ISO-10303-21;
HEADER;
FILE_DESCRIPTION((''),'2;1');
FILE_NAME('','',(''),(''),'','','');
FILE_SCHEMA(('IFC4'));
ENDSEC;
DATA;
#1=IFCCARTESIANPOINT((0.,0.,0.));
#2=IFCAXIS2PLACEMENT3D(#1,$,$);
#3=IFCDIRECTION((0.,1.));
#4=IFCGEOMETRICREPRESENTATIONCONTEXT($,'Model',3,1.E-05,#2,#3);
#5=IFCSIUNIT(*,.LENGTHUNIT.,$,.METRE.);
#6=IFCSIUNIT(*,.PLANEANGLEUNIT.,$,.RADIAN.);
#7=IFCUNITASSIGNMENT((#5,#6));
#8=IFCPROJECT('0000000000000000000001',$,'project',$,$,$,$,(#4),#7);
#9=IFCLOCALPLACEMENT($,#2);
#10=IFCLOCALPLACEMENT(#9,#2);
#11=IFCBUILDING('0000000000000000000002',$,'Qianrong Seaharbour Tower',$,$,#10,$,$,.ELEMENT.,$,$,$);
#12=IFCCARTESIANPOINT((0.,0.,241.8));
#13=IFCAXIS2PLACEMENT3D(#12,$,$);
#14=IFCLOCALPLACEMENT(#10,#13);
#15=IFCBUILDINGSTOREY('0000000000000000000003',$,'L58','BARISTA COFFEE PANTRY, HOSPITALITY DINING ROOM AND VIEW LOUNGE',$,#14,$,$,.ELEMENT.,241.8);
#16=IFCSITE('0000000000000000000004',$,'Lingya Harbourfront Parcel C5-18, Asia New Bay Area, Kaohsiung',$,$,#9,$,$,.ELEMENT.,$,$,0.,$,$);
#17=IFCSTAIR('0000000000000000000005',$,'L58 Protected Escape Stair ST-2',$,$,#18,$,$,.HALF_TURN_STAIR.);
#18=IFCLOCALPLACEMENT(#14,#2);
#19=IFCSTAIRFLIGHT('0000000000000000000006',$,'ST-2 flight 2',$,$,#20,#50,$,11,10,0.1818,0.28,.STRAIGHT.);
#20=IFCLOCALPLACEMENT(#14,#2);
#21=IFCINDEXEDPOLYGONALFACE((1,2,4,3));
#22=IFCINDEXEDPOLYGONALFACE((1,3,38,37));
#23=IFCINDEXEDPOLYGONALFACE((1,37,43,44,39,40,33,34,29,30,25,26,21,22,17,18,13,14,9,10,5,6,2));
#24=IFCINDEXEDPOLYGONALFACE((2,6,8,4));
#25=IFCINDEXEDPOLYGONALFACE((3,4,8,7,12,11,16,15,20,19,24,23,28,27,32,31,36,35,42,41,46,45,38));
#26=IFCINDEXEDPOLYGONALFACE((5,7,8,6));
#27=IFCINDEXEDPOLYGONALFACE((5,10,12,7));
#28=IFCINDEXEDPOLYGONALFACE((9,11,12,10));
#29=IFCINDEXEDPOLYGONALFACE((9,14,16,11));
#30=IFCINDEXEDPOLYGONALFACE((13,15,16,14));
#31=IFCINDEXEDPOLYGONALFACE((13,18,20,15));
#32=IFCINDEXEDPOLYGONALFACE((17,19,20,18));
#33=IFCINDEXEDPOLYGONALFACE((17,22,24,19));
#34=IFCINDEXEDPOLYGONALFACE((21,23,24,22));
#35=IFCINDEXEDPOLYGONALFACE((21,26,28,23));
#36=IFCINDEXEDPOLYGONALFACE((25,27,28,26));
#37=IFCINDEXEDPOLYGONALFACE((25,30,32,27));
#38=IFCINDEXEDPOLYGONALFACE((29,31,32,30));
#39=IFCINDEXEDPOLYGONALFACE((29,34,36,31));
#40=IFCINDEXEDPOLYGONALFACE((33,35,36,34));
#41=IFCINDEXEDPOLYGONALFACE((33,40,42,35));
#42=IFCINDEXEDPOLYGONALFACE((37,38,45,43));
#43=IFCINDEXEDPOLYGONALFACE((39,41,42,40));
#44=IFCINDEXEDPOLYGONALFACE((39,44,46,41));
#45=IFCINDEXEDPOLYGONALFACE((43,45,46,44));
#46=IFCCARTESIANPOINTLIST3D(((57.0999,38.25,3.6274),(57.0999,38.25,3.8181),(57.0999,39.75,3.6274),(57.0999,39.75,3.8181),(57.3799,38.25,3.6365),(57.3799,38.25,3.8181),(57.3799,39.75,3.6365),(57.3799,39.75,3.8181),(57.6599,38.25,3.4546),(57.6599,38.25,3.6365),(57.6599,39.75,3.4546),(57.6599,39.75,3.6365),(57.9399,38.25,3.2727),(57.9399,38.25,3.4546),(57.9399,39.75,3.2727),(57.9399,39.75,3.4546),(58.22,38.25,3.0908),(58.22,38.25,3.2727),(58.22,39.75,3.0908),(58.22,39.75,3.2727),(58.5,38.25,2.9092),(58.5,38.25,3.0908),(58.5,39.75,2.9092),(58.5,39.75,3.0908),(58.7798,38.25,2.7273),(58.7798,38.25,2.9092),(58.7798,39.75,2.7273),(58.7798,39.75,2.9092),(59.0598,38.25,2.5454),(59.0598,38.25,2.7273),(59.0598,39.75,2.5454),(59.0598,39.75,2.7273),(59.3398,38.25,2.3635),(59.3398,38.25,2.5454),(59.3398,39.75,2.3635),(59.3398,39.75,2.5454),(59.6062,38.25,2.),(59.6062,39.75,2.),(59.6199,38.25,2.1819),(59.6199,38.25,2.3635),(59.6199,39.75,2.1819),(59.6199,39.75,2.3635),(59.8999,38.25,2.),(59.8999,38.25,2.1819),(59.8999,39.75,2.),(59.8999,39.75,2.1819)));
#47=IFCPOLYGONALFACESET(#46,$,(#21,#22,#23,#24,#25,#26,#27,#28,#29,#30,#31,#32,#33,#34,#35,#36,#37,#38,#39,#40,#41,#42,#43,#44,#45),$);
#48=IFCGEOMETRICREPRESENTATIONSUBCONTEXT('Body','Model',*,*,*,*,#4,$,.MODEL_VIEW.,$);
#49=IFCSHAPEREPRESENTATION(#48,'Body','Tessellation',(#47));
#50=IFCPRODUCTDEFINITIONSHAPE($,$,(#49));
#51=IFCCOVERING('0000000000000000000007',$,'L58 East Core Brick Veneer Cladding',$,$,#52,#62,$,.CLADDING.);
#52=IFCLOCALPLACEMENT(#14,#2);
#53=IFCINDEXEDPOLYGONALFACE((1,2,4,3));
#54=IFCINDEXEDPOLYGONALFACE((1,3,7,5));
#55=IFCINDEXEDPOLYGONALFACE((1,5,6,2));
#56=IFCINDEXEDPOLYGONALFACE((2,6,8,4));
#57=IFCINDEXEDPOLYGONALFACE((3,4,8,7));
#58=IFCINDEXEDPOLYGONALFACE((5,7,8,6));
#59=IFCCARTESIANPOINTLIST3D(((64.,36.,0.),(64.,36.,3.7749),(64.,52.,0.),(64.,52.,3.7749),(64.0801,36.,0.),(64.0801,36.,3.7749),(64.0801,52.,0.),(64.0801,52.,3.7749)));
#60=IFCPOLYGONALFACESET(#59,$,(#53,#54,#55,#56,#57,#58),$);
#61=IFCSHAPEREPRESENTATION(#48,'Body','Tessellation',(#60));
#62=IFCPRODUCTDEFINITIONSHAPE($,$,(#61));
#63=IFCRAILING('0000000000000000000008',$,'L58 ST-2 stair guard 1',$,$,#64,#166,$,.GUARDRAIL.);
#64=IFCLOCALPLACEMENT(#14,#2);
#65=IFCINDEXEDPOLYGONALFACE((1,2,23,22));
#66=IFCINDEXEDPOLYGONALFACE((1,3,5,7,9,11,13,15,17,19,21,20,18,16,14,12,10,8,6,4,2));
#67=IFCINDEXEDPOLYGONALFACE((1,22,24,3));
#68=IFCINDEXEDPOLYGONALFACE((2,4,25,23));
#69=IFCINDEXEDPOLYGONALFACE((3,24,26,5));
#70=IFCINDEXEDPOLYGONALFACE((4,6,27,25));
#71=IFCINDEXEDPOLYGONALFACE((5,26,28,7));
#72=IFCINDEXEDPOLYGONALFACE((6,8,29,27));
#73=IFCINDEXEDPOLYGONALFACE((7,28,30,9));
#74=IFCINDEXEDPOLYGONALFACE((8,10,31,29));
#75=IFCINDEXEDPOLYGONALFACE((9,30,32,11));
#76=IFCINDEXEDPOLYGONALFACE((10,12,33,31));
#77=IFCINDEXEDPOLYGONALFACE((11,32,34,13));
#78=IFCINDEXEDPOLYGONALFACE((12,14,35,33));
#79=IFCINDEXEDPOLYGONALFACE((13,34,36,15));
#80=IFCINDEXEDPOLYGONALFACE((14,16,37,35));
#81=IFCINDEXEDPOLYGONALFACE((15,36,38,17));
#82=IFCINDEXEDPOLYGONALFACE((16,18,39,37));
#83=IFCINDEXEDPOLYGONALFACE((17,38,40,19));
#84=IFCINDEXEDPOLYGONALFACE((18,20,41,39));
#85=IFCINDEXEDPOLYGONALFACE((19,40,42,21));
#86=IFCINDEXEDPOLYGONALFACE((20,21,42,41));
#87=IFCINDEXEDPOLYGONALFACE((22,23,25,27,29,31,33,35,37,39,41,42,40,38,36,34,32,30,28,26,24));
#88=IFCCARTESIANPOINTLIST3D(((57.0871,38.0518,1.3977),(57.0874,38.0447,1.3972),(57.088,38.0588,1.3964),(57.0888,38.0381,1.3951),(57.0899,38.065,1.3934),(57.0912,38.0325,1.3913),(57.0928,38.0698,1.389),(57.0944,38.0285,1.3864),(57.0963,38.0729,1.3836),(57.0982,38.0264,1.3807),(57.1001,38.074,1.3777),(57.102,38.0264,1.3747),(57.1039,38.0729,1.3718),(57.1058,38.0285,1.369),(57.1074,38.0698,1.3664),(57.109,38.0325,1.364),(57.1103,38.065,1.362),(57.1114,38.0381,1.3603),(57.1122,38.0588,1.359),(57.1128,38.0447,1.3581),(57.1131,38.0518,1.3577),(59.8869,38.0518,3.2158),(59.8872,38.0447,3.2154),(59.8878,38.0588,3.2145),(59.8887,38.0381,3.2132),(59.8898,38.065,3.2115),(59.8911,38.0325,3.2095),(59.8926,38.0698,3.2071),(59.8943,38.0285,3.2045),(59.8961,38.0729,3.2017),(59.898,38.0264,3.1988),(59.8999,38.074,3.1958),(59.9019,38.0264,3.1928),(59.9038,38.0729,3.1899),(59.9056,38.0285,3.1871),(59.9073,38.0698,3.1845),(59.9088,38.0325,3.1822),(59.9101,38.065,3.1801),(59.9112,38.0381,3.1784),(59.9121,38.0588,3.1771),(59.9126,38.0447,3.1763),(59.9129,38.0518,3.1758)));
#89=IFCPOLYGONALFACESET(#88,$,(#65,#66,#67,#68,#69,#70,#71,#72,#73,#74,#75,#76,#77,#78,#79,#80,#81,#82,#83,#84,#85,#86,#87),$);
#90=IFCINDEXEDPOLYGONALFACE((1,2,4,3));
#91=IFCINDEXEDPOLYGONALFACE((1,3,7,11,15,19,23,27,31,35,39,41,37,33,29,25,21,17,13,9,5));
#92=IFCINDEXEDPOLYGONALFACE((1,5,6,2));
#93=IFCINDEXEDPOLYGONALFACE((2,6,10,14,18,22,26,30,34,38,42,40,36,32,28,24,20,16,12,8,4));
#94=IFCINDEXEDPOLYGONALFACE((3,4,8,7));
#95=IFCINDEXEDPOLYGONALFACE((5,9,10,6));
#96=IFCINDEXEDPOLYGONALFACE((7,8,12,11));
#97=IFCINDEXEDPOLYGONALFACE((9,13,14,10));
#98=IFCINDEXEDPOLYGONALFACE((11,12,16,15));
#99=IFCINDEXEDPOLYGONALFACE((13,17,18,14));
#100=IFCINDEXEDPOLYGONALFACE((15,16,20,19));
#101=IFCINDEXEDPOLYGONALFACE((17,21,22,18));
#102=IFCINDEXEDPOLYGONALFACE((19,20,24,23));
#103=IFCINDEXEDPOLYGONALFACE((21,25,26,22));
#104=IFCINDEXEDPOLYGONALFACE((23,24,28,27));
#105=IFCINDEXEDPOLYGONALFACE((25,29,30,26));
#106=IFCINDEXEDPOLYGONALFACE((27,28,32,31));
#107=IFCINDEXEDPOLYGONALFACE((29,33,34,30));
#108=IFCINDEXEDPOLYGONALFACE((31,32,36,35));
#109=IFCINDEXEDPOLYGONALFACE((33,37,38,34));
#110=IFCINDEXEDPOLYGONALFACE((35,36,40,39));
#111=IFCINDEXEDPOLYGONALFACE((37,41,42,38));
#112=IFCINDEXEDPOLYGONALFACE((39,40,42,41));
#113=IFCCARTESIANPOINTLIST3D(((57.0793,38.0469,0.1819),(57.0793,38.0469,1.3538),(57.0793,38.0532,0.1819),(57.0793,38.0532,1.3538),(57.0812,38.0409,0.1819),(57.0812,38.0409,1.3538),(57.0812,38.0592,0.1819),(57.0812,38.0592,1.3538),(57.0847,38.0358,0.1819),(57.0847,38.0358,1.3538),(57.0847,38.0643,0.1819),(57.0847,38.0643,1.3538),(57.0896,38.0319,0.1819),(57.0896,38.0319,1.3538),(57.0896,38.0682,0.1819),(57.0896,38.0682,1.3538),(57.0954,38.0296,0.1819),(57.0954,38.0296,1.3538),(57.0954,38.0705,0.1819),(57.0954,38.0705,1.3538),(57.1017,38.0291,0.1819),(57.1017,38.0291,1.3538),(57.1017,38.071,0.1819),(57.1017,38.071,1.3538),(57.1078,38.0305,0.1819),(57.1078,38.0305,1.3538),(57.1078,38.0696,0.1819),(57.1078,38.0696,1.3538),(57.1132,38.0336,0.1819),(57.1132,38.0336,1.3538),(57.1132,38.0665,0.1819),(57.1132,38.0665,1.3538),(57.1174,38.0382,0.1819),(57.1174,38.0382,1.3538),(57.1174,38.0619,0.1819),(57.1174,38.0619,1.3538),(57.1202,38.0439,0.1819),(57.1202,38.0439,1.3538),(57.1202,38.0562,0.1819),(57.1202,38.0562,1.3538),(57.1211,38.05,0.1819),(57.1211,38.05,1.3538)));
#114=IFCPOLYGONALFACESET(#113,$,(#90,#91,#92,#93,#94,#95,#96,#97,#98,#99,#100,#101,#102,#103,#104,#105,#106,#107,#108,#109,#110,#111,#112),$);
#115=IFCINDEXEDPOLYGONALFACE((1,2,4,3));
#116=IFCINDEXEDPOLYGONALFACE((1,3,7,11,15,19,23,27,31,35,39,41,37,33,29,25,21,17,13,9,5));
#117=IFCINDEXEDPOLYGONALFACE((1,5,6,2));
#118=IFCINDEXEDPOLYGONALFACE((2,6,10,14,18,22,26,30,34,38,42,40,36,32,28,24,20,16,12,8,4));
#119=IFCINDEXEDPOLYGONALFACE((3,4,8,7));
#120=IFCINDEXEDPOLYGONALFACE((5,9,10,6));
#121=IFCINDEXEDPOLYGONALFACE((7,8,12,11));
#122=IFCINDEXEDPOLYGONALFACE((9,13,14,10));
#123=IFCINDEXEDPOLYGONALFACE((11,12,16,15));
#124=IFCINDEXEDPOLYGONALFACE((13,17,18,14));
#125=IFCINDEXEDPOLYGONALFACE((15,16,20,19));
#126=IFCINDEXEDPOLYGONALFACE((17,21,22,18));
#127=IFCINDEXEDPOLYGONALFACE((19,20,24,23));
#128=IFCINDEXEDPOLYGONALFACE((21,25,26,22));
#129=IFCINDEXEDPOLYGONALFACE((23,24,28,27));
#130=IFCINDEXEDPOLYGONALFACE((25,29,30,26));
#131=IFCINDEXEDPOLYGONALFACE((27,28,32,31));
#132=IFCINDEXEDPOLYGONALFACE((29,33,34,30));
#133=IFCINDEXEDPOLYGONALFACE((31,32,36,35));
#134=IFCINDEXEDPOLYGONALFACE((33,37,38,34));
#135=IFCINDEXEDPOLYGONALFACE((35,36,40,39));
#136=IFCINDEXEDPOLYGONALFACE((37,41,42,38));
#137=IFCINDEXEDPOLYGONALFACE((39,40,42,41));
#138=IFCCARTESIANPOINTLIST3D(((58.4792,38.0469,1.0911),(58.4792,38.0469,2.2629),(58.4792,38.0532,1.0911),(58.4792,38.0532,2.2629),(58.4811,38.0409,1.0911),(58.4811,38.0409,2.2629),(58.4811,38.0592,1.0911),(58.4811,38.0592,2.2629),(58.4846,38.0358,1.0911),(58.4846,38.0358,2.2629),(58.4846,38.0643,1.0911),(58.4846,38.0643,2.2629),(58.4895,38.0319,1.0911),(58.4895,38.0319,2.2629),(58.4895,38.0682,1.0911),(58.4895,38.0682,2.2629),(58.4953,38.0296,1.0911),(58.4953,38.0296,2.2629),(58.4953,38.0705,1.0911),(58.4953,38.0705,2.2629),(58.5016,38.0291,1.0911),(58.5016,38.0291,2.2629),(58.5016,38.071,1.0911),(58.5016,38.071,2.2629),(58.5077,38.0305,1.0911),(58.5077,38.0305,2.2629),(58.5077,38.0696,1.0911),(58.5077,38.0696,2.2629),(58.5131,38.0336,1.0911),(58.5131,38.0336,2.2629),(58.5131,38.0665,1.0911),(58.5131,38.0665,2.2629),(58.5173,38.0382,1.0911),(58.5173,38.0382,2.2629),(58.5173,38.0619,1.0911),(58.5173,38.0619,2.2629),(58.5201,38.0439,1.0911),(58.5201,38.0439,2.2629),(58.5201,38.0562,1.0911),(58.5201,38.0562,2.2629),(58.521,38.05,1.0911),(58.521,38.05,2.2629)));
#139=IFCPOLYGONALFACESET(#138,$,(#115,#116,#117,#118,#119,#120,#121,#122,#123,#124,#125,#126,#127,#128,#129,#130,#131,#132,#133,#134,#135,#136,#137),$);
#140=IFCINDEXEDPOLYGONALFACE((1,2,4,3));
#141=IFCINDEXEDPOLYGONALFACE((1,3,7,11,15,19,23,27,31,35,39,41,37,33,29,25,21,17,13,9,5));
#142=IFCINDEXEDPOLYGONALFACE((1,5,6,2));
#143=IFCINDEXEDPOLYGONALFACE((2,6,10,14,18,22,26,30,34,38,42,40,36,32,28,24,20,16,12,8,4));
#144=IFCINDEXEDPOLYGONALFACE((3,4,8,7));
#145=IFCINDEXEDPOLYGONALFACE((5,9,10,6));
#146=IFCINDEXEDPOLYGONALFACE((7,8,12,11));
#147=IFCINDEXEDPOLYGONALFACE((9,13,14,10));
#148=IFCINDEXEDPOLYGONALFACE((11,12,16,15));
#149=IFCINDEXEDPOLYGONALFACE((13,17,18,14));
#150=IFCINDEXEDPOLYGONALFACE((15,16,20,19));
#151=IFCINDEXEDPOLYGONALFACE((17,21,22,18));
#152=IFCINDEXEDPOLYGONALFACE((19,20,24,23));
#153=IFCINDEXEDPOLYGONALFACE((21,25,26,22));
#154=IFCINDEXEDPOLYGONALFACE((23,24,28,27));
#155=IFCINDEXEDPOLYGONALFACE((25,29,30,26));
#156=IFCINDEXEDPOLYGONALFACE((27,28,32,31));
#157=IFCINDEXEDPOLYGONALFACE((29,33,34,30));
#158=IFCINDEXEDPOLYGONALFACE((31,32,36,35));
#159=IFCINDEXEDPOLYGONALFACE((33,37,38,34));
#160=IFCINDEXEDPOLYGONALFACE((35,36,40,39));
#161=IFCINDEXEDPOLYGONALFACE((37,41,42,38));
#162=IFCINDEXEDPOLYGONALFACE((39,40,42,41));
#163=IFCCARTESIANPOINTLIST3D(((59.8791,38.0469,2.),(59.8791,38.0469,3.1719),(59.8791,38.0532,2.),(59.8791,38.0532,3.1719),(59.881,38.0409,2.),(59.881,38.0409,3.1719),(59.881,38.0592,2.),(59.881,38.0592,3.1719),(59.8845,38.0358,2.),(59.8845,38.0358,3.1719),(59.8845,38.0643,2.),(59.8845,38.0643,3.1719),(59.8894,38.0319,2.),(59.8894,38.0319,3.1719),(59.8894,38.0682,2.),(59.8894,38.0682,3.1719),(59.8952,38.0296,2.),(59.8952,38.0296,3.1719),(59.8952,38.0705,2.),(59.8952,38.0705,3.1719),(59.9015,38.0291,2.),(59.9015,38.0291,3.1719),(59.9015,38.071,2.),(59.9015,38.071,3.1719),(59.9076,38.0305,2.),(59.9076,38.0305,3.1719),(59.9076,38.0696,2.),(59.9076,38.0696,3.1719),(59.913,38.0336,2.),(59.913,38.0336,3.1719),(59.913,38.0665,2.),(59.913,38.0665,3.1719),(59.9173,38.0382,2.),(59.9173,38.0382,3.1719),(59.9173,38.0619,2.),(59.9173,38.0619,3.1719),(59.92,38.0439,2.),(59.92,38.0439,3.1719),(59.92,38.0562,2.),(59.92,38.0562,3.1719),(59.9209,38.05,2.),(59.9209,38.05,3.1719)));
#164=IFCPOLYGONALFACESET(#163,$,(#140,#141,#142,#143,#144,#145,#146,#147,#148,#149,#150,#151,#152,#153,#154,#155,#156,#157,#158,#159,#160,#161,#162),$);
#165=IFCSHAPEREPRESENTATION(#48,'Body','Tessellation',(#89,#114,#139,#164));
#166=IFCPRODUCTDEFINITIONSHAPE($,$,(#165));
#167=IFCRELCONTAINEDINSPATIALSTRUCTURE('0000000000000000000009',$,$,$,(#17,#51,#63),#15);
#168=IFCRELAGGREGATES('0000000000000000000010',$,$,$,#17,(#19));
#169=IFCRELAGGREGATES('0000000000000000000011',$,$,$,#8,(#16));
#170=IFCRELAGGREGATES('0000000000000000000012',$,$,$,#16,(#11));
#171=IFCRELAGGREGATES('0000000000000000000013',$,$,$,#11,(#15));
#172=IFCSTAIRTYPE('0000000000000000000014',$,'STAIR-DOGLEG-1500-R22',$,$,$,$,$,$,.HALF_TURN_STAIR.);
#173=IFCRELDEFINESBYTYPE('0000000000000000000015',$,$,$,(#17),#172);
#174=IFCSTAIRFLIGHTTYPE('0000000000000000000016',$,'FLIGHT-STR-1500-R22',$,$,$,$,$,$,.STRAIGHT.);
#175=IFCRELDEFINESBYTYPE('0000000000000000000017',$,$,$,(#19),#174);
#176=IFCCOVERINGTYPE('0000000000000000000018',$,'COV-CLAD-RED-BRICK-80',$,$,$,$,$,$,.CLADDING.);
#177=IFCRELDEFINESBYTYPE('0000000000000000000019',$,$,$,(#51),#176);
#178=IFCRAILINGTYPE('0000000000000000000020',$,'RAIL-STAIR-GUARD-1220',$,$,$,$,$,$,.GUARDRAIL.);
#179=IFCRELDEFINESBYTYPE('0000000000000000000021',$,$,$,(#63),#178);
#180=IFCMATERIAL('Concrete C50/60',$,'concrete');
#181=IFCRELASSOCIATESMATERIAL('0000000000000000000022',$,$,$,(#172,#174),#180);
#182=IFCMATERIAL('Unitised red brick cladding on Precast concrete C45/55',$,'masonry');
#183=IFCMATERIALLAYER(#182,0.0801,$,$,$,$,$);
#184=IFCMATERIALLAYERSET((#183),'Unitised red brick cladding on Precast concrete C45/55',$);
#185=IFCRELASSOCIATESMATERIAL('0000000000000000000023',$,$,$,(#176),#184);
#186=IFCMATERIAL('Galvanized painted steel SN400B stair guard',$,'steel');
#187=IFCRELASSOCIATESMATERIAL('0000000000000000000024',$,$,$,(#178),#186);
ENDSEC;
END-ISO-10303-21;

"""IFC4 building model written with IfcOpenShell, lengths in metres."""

from ifc_helpers import new_model, si_unit, direction, frame, origin, origin_2d, place, context, subcontext, project, spatial, polyline, rectangle, circle, outline, extrude, material, layer, layer_set, type_object, element, aggregate, save


model = new_model("IFC4")

# Units and contexts
model_context = context("Model", 3, precision=1e-05, world=origin(), true_north=direction((0.0, 1.0)))
body_context = subcontext(model_context, "Body", "Model", "MODEL_VIEW")
ifc_project = project(units=[si_unit("LENGTHUNIT", "METRE"), si_unit("PLANEANGLEUNIT", "RADIAN")], contexts=[model_context])

# Site, building, storey
site_placement = place(None, origin())
site = spatial("IfcSite", under=ifc_project, at=site_placement, Name="Lingya Harbourfront Parcel C5-18, Asia New Bay Area, Kaohsiung", CompositionType="ELEMENT", RefElevation=0.0)
building_placement = place(site_placement, origin())
building = spatial("IfcBuilding", under=site, at=building_placement, Name="Qianrong Seaharbour Tower", CompositionType="ELEMENT")
storey_placement = place(building_placement, frame((0.0, 0.0, 241.8)))
storey = spatial("IfcBuildingStorey", under=building, at=storey_placement, Name="L58", Description="BARISTA COFFEE PANTRY, HOSPITALITY DINING ROOM AND VIEW LOUNGE", CompositionType="ELEMENT", Elevation=241.8)

# Shared definitions
ifc_material_1 = material(Name="Concrete C50/60", Category="concrete")

# Stair, stair flight
stair_type = type_object("IfcStairType", Name="STAIR-DOGLEG-1500-R22", PredefinedType="HALF_TURN_STAIR", material=ifc_material_1)
stair_placement = place(storey_placement, origin())
stair = element("IfcStair", 1, at=stair_placement, inside=storey, type_object=stair_type, Name="L58 Protected Escape Stair ST-2", PredefinedType="HALF_TURN_STAIR")
stair_flight_type = type_object("IfcStairFlightType", Name="FLIGHT-STR-1500-R22", PredefinedType="STRAIGHT", material=ifc_material_1)
stair_flight_1_placement = place(storey_placement, frame((59.8999, 39.0, 2.0), z_axis=(0.0, 0.0, 1.0), x_axis=(-1.0, 0.0, 0.0)))
stair_flight_1 = element("IfcStairFlight", 2, at=stair_flight_1_placement, type_object=stair_flight_type, Name="ST-2 flight 2", NumberOfRisers=11, NumberOfTreads=10, PredefinedType="STRAIGHT", RiserHeight=0.1818, TreadLength=0.28, context=body_context, shape_type="SweptSolid", body=[
    extrude(outline(polyline([(0.0, 0.0), (0.0, 0.1819), (0.28, 0.1819), (0.28, 0.3635), (0.5601, 0.3635), (0.5601, 0.5454), (0.8401, 0.5454), (0.8401, 0.7273), (1.1201, 0.7273), (1.1201, 0.9092), (1.3999, 0.9092), (1.3999, 1.0908), (1.6799, 1.0908), (1.6799, 1.2727), (1.96, 1.2727), (1.96, 1.4546), (2.24, 1.4546), (2.24, 1.6365), (2.52, 1.6365), (2.52, 1.8181), (2.8, 1.8181), (2.8, 2.0), (2.8, 1.6274), (0.2937, 0.0), (0.0, 0.0)])), frame((0.0, 0.75, 0.0), z_axis=(0.0, -1.0, 0.0), x_axis=(1.0, 0.0, 0.0)), (0.0, 0.0, 1.0), 1.5),
])
aggregate(stair, [stair_flight_1])

# Covering
ifc_material_2 = material(Name="Unitised red brick cladding on Precast concrete C45/55", Category="masonry")
ifc_layer_1 = layer(ifc_material_2, 0.0801)
ifc_layer_set_1 = layer_set([ifc_layer_1], Name="Unitised red brick cladding on Precast concrete C45/55")
covering_type = type_object("IfcCoveringType", Name="COV-CLAD-RED-BRICK-80", PredefinedType="CLADDING", material=ifc_layer_set_1)
covering_placement = place(storey_placement, frame((64.04, 44.0, 0.0), z_axis=(0.0, 0.0, 1.0), x_axis=(1.0, 0.0, 0.0)))
element("IfcCovering", 3, at=covering_placement, inside=storey, type_object=covering_type, Name="L58 East Core Brick Veneer Cladding", PredefinedType="CLADDING", context=body_context, shape_type="SweptSolid", body=[
    extrude(rectangle(XDim=0.0801, YDim=16.0, at=origin_2d()), origin(), (0.0, 0.0, 1.0), 3.7749),
])

# Railing
ifc_material_3 = material(Name="Galvanized painted steel SN400B stair guard", Category="steel")
railing_type_1 = type_object("IfcRailingType", Name="RAIL-STAIR-GUARD-1220", PredefinedType="GUARDRAIL", material=ifc_material_3)
railing_1_placement = place(storey_placement, frame((57.1001, 38.05, 0.1819)))
element("IfcRailing", 4, at=railing_1_placement, inside=storey, type_object=railing_type_1, Name="L58 ST-2 stair guard 1", PredefinedType="GUARDRAIL", context=body_context, shape_type="SweptSolid", body=[
    extrude(circle(Radius=0.0239, at=origin_2d()), frame((0.0, 0.0, 1.1958), z_axis=(0.838684, 0.0, 0.544618), x_axis=(0.0, 1.0, 0.0)), (0.0, 0.0, 1.0), 3.3384),
    extrude(circle(Radius=0.021, at=origin_2d()), origin(), (0.0, 0.0, 1.0), 1.1719),
    extrude(circle(Radius=0.021, at=origin_2d()), frame((1.3999, 0.0, 0.9092)), (0.0, 0.0, 1.0), 1.1719),
    extrude(circle(Radius=0.021, at=origin_2d()), frame((2.7998, 0.0, 1.8181)), (0.0, 0.0, 1.0), 1.1719),
])

save(model, "model.ifc")
